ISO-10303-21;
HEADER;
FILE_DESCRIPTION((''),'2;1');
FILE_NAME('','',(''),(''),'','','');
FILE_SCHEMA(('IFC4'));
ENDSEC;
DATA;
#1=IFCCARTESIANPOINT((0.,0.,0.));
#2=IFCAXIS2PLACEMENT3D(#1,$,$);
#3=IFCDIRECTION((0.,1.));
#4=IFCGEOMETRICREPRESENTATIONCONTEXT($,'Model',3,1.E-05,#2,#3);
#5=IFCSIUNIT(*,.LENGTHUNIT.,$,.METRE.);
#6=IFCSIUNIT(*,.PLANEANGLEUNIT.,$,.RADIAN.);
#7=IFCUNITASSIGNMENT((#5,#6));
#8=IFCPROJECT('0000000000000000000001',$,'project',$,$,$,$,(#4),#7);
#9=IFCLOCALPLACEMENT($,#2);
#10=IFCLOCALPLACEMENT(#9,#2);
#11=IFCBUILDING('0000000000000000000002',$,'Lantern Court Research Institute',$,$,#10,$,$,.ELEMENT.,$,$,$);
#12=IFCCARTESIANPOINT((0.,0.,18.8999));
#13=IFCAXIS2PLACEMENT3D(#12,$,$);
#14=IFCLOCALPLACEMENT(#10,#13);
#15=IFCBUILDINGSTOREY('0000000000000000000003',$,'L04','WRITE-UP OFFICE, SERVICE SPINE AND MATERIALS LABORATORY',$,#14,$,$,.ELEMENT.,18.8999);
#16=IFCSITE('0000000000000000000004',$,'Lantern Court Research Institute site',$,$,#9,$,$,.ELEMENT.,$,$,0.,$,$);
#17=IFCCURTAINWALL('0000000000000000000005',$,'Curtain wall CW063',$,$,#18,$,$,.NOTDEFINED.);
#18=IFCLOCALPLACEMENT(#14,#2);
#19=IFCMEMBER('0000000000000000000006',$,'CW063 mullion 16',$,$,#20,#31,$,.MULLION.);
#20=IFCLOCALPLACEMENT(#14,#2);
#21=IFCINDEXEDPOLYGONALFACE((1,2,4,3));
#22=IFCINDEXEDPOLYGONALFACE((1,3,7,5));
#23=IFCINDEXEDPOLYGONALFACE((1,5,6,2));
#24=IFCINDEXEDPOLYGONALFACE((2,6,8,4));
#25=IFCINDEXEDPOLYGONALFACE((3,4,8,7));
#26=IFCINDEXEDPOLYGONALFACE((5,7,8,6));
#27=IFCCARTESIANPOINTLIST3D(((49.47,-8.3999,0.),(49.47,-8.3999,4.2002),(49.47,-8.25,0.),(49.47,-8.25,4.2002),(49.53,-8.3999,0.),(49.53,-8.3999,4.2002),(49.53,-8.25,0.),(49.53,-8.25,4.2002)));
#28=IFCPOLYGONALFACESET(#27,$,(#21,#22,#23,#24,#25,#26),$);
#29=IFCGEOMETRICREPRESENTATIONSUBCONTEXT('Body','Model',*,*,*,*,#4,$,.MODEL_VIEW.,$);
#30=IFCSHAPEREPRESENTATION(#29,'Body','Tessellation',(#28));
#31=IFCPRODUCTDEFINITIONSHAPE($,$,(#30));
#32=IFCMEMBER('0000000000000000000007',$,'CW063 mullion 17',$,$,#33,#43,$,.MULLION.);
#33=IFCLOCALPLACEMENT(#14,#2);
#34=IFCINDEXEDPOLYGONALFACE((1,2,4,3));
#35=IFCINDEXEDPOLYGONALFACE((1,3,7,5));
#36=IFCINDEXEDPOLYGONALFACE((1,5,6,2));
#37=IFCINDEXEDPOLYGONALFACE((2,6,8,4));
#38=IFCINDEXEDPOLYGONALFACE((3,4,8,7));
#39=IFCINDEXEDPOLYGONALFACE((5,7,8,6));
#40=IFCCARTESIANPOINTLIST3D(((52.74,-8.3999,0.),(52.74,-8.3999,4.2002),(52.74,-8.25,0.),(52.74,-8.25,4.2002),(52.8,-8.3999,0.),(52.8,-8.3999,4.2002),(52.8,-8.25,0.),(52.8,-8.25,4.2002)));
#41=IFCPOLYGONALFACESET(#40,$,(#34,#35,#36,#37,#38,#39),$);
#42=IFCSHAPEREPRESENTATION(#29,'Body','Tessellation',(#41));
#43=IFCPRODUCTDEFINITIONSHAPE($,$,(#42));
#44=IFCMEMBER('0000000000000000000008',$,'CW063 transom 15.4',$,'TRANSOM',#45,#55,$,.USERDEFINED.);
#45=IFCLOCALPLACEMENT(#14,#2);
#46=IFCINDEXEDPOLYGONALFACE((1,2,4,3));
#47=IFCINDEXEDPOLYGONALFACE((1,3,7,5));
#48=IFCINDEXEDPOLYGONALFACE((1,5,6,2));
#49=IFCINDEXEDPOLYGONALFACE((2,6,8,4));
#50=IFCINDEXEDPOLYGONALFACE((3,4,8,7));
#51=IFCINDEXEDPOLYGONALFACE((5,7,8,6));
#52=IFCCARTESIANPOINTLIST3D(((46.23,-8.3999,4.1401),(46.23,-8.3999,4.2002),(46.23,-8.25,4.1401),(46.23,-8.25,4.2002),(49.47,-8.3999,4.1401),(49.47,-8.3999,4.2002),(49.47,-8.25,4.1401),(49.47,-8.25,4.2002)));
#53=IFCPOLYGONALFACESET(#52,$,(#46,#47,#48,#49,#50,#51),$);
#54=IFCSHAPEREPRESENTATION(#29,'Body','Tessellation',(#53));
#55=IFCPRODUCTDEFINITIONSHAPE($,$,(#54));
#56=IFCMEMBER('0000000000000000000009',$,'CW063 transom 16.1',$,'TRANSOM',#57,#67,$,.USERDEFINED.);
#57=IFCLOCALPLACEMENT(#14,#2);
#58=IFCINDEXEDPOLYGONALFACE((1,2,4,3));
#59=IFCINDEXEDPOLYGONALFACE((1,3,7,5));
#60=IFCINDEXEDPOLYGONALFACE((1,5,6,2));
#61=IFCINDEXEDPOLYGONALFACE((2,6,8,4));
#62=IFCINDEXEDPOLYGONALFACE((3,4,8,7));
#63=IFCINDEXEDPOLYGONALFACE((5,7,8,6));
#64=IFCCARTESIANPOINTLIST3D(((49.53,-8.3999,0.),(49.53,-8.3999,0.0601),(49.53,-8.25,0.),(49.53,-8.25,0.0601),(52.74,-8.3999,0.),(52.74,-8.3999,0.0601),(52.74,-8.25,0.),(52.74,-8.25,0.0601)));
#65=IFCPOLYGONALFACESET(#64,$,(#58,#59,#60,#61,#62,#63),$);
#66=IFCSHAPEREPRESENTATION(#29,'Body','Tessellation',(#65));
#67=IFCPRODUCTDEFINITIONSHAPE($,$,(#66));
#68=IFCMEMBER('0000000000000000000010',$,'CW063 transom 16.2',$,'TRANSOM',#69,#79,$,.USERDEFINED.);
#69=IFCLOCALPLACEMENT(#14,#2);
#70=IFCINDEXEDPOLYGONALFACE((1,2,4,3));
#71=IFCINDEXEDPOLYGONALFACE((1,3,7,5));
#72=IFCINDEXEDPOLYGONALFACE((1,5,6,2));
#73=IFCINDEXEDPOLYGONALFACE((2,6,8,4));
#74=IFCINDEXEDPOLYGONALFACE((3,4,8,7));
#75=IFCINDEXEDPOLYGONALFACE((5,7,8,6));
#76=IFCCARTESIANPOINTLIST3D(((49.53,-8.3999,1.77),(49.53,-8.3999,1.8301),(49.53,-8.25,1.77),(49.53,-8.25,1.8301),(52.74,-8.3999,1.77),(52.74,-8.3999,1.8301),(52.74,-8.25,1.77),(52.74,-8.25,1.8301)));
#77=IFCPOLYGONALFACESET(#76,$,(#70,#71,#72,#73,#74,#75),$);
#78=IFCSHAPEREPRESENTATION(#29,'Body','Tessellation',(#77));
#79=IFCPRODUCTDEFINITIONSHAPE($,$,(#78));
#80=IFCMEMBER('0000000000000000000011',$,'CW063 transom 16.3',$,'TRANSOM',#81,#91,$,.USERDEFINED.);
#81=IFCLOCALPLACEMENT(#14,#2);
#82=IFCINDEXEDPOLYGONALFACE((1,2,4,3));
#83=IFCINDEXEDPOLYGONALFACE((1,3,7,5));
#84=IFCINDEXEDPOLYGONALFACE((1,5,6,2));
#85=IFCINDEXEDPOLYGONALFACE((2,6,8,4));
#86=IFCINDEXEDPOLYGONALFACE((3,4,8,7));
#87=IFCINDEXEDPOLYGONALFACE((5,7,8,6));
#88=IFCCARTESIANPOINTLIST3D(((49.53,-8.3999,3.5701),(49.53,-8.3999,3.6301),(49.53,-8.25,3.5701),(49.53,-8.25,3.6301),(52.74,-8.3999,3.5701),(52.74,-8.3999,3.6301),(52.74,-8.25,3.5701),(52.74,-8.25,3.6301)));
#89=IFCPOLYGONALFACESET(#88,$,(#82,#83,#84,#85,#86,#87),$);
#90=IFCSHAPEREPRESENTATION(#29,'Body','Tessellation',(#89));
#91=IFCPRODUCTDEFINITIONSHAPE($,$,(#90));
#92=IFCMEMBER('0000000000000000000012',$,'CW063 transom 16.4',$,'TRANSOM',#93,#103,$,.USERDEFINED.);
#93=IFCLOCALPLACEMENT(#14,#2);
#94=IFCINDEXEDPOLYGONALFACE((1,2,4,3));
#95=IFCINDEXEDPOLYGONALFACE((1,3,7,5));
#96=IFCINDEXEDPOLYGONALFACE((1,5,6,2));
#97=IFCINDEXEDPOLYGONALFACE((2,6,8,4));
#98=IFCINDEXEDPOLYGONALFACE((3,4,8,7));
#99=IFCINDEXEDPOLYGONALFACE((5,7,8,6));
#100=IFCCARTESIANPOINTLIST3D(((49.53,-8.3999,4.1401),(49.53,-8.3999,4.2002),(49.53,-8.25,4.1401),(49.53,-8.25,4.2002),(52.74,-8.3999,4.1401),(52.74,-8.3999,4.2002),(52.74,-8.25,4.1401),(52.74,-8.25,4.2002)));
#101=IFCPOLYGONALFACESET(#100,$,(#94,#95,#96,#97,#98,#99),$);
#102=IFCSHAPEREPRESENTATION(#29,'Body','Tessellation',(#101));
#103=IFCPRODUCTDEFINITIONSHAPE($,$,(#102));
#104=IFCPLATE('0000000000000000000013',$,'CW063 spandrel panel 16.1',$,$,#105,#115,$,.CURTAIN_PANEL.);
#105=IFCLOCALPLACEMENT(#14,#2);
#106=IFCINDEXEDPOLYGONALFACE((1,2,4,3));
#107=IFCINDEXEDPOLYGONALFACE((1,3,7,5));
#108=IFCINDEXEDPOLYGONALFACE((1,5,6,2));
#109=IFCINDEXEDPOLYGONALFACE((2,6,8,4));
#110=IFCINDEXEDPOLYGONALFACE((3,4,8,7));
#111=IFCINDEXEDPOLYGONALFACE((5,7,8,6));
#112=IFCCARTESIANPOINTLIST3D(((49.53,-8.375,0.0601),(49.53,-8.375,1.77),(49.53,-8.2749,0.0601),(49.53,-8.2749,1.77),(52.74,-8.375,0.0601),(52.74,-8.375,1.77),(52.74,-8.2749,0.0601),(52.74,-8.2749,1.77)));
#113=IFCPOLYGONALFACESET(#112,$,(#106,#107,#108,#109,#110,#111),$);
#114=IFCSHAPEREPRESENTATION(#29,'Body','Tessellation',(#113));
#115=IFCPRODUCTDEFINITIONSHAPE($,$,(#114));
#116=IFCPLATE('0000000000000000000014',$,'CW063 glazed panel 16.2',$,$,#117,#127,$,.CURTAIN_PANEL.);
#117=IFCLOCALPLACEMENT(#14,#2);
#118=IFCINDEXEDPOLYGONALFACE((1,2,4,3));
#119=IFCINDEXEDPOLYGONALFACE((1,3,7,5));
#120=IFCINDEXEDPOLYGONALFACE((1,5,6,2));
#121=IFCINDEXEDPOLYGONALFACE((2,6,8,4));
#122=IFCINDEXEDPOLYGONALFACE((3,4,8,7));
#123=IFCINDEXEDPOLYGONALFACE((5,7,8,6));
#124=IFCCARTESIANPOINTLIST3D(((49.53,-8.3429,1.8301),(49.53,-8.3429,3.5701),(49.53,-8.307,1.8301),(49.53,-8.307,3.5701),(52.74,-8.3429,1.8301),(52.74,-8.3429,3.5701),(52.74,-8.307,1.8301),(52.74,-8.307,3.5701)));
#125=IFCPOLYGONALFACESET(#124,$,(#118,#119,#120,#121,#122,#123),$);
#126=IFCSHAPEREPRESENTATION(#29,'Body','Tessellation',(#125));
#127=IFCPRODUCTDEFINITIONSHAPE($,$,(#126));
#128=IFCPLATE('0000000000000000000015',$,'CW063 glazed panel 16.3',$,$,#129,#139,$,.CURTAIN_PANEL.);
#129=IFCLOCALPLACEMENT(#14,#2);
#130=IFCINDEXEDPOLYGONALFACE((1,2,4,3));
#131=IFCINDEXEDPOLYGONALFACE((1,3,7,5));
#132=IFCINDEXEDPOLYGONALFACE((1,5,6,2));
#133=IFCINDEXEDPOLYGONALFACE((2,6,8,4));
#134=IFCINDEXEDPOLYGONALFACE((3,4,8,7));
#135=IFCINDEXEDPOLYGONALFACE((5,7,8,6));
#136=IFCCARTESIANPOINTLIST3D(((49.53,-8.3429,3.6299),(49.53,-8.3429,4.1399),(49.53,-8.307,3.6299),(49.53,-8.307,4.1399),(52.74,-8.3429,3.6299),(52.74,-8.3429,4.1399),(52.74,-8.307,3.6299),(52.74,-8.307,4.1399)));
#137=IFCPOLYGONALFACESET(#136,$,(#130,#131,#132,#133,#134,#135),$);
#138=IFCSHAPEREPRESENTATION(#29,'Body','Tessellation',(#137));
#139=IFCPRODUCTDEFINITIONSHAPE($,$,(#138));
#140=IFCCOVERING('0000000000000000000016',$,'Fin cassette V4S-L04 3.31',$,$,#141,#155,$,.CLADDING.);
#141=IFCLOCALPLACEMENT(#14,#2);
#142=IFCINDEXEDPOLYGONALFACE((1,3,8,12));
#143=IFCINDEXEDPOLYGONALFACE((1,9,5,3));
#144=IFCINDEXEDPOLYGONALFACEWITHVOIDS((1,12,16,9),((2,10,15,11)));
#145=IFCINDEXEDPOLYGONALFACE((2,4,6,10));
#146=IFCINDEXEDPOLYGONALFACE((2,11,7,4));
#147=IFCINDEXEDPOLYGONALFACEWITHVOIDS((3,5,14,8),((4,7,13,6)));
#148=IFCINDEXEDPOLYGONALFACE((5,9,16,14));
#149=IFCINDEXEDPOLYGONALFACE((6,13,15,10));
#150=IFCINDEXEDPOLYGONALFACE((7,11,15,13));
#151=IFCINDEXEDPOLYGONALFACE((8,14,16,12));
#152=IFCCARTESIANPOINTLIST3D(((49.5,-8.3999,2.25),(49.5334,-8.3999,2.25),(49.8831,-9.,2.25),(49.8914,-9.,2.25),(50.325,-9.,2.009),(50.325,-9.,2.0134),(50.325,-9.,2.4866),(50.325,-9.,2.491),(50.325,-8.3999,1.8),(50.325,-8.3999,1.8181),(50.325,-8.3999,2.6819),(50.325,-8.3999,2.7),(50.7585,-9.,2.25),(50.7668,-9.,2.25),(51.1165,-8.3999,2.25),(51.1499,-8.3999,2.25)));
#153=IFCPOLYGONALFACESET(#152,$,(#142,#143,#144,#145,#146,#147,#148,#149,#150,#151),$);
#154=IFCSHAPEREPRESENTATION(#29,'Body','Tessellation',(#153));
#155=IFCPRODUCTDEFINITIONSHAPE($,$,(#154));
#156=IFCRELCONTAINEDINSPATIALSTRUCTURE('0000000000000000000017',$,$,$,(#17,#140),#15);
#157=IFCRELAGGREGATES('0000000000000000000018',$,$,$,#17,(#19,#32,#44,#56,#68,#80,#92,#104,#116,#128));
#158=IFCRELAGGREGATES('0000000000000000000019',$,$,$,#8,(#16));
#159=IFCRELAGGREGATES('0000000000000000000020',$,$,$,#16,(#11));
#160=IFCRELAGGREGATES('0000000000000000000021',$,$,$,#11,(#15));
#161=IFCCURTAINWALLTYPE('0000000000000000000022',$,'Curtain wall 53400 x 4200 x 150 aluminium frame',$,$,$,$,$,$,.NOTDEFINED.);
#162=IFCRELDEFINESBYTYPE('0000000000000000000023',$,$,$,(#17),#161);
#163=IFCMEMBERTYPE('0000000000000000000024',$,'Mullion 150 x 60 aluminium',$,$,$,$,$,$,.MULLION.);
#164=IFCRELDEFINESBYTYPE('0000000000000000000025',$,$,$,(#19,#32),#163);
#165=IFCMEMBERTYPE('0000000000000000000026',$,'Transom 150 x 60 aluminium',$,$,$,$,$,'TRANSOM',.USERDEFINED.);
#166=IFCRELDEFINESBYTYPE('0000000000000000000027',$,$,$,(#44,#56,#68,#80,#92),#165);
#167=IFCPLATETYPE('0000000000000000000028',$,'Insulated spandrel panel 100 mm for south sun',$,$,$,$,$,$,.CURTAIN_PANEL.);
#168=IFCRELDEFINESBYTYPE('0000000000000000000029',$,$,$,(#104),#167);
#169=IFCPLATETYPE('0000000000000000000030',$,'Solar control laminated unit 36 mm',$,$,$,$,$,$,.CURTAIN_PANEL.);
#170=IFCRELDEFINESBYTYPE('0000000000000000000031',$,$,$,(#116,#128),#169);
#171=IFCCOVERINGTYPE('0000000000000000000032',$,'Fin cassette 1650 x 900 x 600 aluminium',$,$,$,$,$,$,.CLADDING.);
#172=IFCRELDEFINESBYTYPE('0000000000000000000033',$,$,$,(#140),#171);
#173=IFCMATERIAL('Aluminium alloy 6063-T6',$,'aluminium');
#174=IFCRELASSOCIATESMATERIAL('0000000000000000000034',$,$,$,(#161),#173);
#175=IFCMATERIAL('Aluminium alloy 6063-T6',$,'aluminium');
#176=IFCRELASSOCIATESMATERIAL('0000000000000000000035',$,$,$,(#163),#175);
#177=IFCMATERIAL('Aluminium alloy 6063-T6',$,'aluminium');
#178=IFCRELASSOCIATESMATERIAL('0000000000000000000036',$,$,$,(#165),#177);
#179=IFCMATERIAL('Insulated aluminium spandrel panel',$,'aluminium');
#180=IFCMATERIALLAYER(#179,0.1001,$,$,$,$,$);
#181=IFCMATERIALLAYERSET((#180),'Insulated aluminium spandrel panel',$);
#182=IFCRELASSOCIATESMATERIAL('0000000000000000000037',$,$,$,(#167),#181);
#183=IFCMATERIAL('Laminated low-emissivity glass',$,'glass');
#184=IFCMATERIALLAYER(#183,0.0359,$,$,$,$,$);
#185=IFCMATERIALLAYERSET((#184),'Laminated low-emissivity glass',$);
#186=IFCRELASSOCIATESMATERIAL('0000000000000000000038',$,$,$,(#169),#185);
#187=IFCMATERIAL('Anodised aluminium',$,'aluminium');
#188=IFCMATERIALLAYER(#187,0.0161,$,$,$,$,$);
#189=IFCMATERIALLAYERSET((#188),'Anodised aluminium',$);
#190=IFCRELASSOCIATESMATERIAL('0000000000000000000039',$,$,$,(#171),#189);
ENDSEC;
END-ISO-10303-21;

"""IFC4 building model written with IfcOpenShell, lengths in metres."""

from ifc_helpers import new_model, entity, si_unit, direction, frame, origin, origin_2d, place, context, subcontext, project, spatial, rectangle, extrude, material, layer, layer_set, material_profile, profile_set, type_object, element, aggregate, save


model = new_model("IFC4")

# Units and contexts
model_context = context("Model", 3, precision=1e-05, world=origin(), true_north=direction((0.0, 1.0)))
body_context = subcontext(model_context, "Body", "Model", "MODEL_VIEW")
ifc_project = project(units=[si_unit("LENGTHUNIT", "METRE"), si_unit("PLANEANGLEUNIT", "RADIAN")], contexts=[model_context])

# Site, building, storey
site_placement = place(None, origin())
site = spatial("IfcSite", under=ifc_project, at=site_placement, Name="Lantern Court Research Institute site", CompositionType="ELEMENT", RefElevation=0.0)
building_placement = place(site_placement, origin())
building = spatial("IfcBuilding", under=site, at=building_placement, Name="Lantern Court Research Institute", CompositionType="ELEMENT")
storey_placement = place(building_placement, frame((0.0, 0.0, 18.8999)))
storey = spatial("IfcBuildingStorey", under=building, at=storey_placement, Name="L04", Description="WRITE-UP OFFICE, SERVICE SPINE AND MATERIALS LABORATORY", CompositionType="ELEMENT", Elevation=18.8999)

# Curtain wall, members, plates
ifc_material_1 = material(Name="Aluminium alloy 6063-T6", Category="aluminium")
curtain_wall_type = type_object("IfcCurtainWallType", Name="Curtain wall 53400 x 4200 x 150 aluminium frame", PredefinedType="NOTDEFINED", material=ifc_material_1)
curtain_wall_placement = place(storey_placement, origin())
curtain_wall = element("IfcCurtainWall", 1, at=curtain_wall_placement, inside=storey, type_object=curtain_wall_type, Name="Curtain wall CW063", PredefinedType="NOTDEFINED")
ifc_material_2 = material(Name="Aluminium alloy 6063-T6", Category="aluminium")
ifc_material_profile_1 = material_profile(ifc_material_2, rectangle(XDim=0.1499, YDim=0.0601, at=origin_2d()), Name="Mullion 150 x 60")
ifc_profile_set_1 = profile_set([ifc_material_profile_1], Name="Aluminium alloy 6063-T6")
member_type_1 = type_object("IfcMemberType", Name="Mullion 150 x 60 aluminium", PredefinedType="MULLION", material=ifc_profile_set_1)
member_1_placement = place(storey_placement, frame((49.5, -8.325, 0.0), z_axis=(0.0, 0.0, 1.0), x_axis=(0.0, -1.0, 0.0)))
member_1 = element("IfcMember", 2, at=member_1_placement, type_object=member_type_1, Name="CW063 mullion 16", PredefinedType="MULLION", context=body_context, shape_type="SweptSolid", body=[
    extrude(rectangle(XDim=0.1499, YDim=0.0601, at=origin_2d()), origin(), (0.0, 0.0, 1.0), 4.2002),
])
member_2_placement = place(storey_placement, frame((52.77, -8.325, 0.0), z_axis=(0.0, 0.0, 1.0), x_axis=(0.0, -1.0, 0.0)))
member_2 = element("IfcMember", 3, at=member_2_placement, type_object=member_type_1, Name="CW063 mullion 17", PredefinedType="MULLION", context=body_context, shape_type="SweptSolid", body=[
    extrude(rectangle(XDim=0.1499, YDim=0.0601, at=origin_2d()), origin(), (0.0, 0.0, 1.0), 4.2002),
])
ifc_material_3 = material(Name="Aluminium alloy 6063-T6", Category="aluminium")
ifc_material_profile_2 = material_profile(ifc_material_3, rectangle(XDim=0.1499, YDim=0.0601, at=origin_2d()), Name="Transom 150 x 60")
ifc_profile_set_2 = profile_set([ifc_material_profile_2], Name="Aluminium alloy 6063-T6")
member_type_2 = type_object("IfcMemberType", Name="Transom 150 x 60 aluminium", ElementType="TRANSOM", PredefinedType="USERDEFINED", material=ifc_profile_set_2)
member_3_placement = place(storey_placement, frame((49.47, -8.325, 4.1702), z_axis=(-1.0, 0.0, 0.0), x_axis=(0.0, -1.0, 0.0)))
member_3 = element("IfcMember", 4, at=member_3_placement, type_object=member_type_2, Name="CW063 transom 15.4", ObjectType="TRANSOM", PredefinedType="USERDEFINED", context=body_context, shape_type="SweptSolid", body=[
    extrude(rectangle(XDim=0.1499, YDim=0.0601, at=origin_2d()), origin(), (0.0, 0.0, 1.0), 3.24),
])
member_4_placement = place(storey_placement, frame((52.74, -8.325, 0.03), z_axis=(-1.0, 0.0, 0.0), x_axis=(0.0, -1.0, 0.0)))
member_4 = element("IfcMember", 5, at=member_4_placement, type_object=member_type_2, Name="CW063 transom 16.1", ObjectType="TRANSOM", PredefinedType="USERDEFINED", context=body_context, shape_type="SweptSolid", body=[
    extrude(rectangle(XDim=0.1499, YDim=0.0601, at=origin_2d()), origin(), (0.0, 0.0, 1.0), 3.21),
])
member_5_placement = place(storey_placement, frame((52.74, -8.325, 1.8), z_axis=(-1.0, 0.0, 0.0), x_axis=(0.0, -1.0, 0.0)))
member_5 = element("IfcMember", 6, at=member_5_placement, type_object=member_type_2, Name="CW063 transom 16.2", ObjectType="TRANSOM", PredefinedType="USERDEFINED", context=body_context, shape_type="SweptSolid", body=[
    extrude(rectangle(XDim=0.1499, YDim=0.0601, at=origin_2d()), origin(), (0.0, 0.0, 1.0), 3.21),
])
member_6_placement = place(storey_placement, frame((52.74, -8.325, 3.6001), z_axis=(-1.0, 0.0, 0.0), x_axis=(0.0, -1.0, 0.0)))
member_6 = element("IfcMember", 7, at=member_6_placement, type_object=member_type_2, Name="CW063 transom 16.3", ObjectType="TRANSOM", PredefinedType="USERDEFINED", context=body_context, shape_type="SweptSolid", body=[
    extrude(rectangle(XDim=0.1499, YDim=0.0601, at=origin_2d()), origin(), (0.0, 0.0, 1.0), 3.21),
])
member_7_placement = place(storey_placement, frame((52.74, -8.325, 4.1702), z_axis=(-1.0, 0.0, 0.0), x_axis=(0.0, -1.0, 0.0)))
member_7 = element("IfcMember", 8, at=member_7_placement, type_object=member_type_2, Name="CW063 transom 16.4", ObjectType="TRANSOM", PredefinedType="USERDEFINED", context=body_context, shape_type="SweptSolid", body=[
    extrude(rectangle(XDim=0.1499, YDim=0.0601, at=origin_2d()), origin(), (0.0, 0.0, 1.0), 3.21),
])
ifc_material_4 = material(Name="Insulated aluminium spandrel panel", Category="aluminium")
ifc_layer_1 = layer(ifc_material_4, 0.1001)
ifc_layer_set_1 = layer_set([ifc_layer_1], Name="Insulated aluminium spandrel panel")
plate_type_1 = type_object("IfcPlateType", Name="Insulated spandrel panel 100 mm for south sun", PredefinedType="CURTAIN_PANEL", material=ifc_layer_set_1)
plate_1_placement = place(storey_placement, frame((51.135, -8.325, 0.0601), z_axis=(0.0, 0.0, 1.0), x_axis=(-1.0, 0.0, 0.0)))
plate_1 = element("IfcPlate", 9, at=plate_1_placement, type_object=plate_type_1, Name="CW063 spandrel panel 16.1", PredefinedType="CURTAIN_PANEL", context=body_context, shape_type="SweptSolid", body=[
    extrude(rectangle(XDim=3.21, YDim=0.1001, at=origin_2d()), origin(), (0.0, 0.0, 1.0), 1.71),
])
ifc_material_5 = material(Name="Laminated low-emissivity glass", Category="glass")
ifc_layer_2 = layer(ifc_material_5, 0.0359)
ifc_layer_set_2 = layer_set([ifc_layer_2], Name="Laminated low-emissivity glass")
plate_type_2 = type_object("IfcPlateType", Name="Solar control laminated unit 36 mm", PredefinedType="CURTAIN_PANEL", material=ifc_layer_set_2)
plate_2_placement = place(storey_placement, frame((51.135, -8.325, 1.8301), z_axis=(0.0, 0.0, 1.0), x_axis=(-1.0, 0.0, 0.0)))
plate_2 = element("IfcPlate", 10, at=plate_2_placement, type_object=plate_type_2, Name="CW063 glazed panel 16.2", PredefinedType="CURTAIN_PANEL", context=body_context, shape_type="SweptSolid", body=[
    extrude(rectangle(XDim=3.21, YDim=0.0359, at=origin_2d()), origin(), (0.0, 0.0, 1.0), 1.74),
])
plate_3_placement = place(storey_placement, frame((51.135, -8.325, 3.6299), z_axis=(0.0, 0.0, 1.0), x_axis=(-1.0, 0.0, 0.0)))
plate_3 = element("IfcPlate", 11, at=plate_3_placement, type_object=plate_type_2, Name="CW063 glazed panel 16.3", PredefinedType="CURTAIN_PANEL", context=body_context, shape_type="SweptSolid", body=[
    extrude(rectangle(XDim=3.21, YDim=0.0359, at=origin_2d()), origin(), (0.0, 0.0, 1.0), 0.51),
])
aggregate(curtain_wall, [member_1, member_2, member_3, member_4, member_5, member_6, member_7, plate_1, plate_2, plate_3])

# Covering
ifc_material_6 = material(Name="Anodised aluminium", Category="aluminium")
ifc_layer_3 = layer(ifc_material_6, 0.0161)
ifc_layer_set_3 = layer_set([ifc_layer_3], Name="Anodised aluminium")
covering_type = type_object("IfcCoveringType", Name="Fin cassette 1650 x 900 x 600 aluminium", PredefinedType="CLADDING", material=ifc_layer_set_3)
covering_1_placement = place(storey_placement, frame((50.325, -8.3999, 2.25), z_axis=(0.0, -1.0, 0.0), x_axis=(1.0, 0.0, 0.0)))
cartesian_point_1 = entity("IfcCartesianPoint", [0.825, 0.0])
cartesian_point_2 = entity("IfcCartesianPoint", [0.7915, 0.0])
cartesian_point_3 = entity("IfcCartesianPoint", [0.4419, 0.0])
cartesian_point_4 = entity("IfcCartesianPoint", [0.4336, 0.0])
element("IfcCovering", 12, at=covering_1_placement, inside=storey, type_object=covering_type, Name="Fin cassette V4S-L04 3.31", PredefinedType="CLADDING", context=body_context, shape_type="SweptSolid", body=[
    entity("IfcExtrudedAreaSolidTapered", entity("IfcArbitraryProfileDefWithVoids", "AREA", None, entity("IfcPolyline", [cartesian_point_1, entity("IfcCartesianPoint", [0.0, 0.45]), entity("IfcCartesianPoint", [-0.825, 0.0]), entity("IfcCartesianPoint", [0.0, -0.45]), cartesian_point_1]), [entity("IfcPolyline", [cartesian_point_2, entity("IfcCartesianPoint", [0.0, 0.4319]), entity("IfcCartesianPoint", [-0.7915, 0.0]), entity("IfcCartesianPoint", [0.0, -0.4319]), cartesian_point_2])]), entity("IfcAxis2Placement3D", entity("IfcCartesianPoint", [0.0, 0.0, 0.0])), entity("IfcDirection", [0.0, 0.0, 1.0]), 0.6001, entity("IfcArbitraryProfileDefWithVoids", "AREA", None, entity("IfcPolyline", [cartesian_point_3, entity("IfcCartesianPoint", [0.0, 0.241]), entity("IfcCartesianPoint", [-0.4419, 0.0]), entity("IfcCartesianPoint", [0.0, -0.241]), cartesian_point_3]), [entity("IfcPolyline", [cartesian_point_4, entity("IfcCartesianPoint", [0.0, 0.2366]), entity("IfcCartesianPoint", [-0.4336, 0.0]), entity("IfcCartesianPoint", [0.0, -0.2366]), cartesian_point_4])])),
])

save(model, "model.ifc")
